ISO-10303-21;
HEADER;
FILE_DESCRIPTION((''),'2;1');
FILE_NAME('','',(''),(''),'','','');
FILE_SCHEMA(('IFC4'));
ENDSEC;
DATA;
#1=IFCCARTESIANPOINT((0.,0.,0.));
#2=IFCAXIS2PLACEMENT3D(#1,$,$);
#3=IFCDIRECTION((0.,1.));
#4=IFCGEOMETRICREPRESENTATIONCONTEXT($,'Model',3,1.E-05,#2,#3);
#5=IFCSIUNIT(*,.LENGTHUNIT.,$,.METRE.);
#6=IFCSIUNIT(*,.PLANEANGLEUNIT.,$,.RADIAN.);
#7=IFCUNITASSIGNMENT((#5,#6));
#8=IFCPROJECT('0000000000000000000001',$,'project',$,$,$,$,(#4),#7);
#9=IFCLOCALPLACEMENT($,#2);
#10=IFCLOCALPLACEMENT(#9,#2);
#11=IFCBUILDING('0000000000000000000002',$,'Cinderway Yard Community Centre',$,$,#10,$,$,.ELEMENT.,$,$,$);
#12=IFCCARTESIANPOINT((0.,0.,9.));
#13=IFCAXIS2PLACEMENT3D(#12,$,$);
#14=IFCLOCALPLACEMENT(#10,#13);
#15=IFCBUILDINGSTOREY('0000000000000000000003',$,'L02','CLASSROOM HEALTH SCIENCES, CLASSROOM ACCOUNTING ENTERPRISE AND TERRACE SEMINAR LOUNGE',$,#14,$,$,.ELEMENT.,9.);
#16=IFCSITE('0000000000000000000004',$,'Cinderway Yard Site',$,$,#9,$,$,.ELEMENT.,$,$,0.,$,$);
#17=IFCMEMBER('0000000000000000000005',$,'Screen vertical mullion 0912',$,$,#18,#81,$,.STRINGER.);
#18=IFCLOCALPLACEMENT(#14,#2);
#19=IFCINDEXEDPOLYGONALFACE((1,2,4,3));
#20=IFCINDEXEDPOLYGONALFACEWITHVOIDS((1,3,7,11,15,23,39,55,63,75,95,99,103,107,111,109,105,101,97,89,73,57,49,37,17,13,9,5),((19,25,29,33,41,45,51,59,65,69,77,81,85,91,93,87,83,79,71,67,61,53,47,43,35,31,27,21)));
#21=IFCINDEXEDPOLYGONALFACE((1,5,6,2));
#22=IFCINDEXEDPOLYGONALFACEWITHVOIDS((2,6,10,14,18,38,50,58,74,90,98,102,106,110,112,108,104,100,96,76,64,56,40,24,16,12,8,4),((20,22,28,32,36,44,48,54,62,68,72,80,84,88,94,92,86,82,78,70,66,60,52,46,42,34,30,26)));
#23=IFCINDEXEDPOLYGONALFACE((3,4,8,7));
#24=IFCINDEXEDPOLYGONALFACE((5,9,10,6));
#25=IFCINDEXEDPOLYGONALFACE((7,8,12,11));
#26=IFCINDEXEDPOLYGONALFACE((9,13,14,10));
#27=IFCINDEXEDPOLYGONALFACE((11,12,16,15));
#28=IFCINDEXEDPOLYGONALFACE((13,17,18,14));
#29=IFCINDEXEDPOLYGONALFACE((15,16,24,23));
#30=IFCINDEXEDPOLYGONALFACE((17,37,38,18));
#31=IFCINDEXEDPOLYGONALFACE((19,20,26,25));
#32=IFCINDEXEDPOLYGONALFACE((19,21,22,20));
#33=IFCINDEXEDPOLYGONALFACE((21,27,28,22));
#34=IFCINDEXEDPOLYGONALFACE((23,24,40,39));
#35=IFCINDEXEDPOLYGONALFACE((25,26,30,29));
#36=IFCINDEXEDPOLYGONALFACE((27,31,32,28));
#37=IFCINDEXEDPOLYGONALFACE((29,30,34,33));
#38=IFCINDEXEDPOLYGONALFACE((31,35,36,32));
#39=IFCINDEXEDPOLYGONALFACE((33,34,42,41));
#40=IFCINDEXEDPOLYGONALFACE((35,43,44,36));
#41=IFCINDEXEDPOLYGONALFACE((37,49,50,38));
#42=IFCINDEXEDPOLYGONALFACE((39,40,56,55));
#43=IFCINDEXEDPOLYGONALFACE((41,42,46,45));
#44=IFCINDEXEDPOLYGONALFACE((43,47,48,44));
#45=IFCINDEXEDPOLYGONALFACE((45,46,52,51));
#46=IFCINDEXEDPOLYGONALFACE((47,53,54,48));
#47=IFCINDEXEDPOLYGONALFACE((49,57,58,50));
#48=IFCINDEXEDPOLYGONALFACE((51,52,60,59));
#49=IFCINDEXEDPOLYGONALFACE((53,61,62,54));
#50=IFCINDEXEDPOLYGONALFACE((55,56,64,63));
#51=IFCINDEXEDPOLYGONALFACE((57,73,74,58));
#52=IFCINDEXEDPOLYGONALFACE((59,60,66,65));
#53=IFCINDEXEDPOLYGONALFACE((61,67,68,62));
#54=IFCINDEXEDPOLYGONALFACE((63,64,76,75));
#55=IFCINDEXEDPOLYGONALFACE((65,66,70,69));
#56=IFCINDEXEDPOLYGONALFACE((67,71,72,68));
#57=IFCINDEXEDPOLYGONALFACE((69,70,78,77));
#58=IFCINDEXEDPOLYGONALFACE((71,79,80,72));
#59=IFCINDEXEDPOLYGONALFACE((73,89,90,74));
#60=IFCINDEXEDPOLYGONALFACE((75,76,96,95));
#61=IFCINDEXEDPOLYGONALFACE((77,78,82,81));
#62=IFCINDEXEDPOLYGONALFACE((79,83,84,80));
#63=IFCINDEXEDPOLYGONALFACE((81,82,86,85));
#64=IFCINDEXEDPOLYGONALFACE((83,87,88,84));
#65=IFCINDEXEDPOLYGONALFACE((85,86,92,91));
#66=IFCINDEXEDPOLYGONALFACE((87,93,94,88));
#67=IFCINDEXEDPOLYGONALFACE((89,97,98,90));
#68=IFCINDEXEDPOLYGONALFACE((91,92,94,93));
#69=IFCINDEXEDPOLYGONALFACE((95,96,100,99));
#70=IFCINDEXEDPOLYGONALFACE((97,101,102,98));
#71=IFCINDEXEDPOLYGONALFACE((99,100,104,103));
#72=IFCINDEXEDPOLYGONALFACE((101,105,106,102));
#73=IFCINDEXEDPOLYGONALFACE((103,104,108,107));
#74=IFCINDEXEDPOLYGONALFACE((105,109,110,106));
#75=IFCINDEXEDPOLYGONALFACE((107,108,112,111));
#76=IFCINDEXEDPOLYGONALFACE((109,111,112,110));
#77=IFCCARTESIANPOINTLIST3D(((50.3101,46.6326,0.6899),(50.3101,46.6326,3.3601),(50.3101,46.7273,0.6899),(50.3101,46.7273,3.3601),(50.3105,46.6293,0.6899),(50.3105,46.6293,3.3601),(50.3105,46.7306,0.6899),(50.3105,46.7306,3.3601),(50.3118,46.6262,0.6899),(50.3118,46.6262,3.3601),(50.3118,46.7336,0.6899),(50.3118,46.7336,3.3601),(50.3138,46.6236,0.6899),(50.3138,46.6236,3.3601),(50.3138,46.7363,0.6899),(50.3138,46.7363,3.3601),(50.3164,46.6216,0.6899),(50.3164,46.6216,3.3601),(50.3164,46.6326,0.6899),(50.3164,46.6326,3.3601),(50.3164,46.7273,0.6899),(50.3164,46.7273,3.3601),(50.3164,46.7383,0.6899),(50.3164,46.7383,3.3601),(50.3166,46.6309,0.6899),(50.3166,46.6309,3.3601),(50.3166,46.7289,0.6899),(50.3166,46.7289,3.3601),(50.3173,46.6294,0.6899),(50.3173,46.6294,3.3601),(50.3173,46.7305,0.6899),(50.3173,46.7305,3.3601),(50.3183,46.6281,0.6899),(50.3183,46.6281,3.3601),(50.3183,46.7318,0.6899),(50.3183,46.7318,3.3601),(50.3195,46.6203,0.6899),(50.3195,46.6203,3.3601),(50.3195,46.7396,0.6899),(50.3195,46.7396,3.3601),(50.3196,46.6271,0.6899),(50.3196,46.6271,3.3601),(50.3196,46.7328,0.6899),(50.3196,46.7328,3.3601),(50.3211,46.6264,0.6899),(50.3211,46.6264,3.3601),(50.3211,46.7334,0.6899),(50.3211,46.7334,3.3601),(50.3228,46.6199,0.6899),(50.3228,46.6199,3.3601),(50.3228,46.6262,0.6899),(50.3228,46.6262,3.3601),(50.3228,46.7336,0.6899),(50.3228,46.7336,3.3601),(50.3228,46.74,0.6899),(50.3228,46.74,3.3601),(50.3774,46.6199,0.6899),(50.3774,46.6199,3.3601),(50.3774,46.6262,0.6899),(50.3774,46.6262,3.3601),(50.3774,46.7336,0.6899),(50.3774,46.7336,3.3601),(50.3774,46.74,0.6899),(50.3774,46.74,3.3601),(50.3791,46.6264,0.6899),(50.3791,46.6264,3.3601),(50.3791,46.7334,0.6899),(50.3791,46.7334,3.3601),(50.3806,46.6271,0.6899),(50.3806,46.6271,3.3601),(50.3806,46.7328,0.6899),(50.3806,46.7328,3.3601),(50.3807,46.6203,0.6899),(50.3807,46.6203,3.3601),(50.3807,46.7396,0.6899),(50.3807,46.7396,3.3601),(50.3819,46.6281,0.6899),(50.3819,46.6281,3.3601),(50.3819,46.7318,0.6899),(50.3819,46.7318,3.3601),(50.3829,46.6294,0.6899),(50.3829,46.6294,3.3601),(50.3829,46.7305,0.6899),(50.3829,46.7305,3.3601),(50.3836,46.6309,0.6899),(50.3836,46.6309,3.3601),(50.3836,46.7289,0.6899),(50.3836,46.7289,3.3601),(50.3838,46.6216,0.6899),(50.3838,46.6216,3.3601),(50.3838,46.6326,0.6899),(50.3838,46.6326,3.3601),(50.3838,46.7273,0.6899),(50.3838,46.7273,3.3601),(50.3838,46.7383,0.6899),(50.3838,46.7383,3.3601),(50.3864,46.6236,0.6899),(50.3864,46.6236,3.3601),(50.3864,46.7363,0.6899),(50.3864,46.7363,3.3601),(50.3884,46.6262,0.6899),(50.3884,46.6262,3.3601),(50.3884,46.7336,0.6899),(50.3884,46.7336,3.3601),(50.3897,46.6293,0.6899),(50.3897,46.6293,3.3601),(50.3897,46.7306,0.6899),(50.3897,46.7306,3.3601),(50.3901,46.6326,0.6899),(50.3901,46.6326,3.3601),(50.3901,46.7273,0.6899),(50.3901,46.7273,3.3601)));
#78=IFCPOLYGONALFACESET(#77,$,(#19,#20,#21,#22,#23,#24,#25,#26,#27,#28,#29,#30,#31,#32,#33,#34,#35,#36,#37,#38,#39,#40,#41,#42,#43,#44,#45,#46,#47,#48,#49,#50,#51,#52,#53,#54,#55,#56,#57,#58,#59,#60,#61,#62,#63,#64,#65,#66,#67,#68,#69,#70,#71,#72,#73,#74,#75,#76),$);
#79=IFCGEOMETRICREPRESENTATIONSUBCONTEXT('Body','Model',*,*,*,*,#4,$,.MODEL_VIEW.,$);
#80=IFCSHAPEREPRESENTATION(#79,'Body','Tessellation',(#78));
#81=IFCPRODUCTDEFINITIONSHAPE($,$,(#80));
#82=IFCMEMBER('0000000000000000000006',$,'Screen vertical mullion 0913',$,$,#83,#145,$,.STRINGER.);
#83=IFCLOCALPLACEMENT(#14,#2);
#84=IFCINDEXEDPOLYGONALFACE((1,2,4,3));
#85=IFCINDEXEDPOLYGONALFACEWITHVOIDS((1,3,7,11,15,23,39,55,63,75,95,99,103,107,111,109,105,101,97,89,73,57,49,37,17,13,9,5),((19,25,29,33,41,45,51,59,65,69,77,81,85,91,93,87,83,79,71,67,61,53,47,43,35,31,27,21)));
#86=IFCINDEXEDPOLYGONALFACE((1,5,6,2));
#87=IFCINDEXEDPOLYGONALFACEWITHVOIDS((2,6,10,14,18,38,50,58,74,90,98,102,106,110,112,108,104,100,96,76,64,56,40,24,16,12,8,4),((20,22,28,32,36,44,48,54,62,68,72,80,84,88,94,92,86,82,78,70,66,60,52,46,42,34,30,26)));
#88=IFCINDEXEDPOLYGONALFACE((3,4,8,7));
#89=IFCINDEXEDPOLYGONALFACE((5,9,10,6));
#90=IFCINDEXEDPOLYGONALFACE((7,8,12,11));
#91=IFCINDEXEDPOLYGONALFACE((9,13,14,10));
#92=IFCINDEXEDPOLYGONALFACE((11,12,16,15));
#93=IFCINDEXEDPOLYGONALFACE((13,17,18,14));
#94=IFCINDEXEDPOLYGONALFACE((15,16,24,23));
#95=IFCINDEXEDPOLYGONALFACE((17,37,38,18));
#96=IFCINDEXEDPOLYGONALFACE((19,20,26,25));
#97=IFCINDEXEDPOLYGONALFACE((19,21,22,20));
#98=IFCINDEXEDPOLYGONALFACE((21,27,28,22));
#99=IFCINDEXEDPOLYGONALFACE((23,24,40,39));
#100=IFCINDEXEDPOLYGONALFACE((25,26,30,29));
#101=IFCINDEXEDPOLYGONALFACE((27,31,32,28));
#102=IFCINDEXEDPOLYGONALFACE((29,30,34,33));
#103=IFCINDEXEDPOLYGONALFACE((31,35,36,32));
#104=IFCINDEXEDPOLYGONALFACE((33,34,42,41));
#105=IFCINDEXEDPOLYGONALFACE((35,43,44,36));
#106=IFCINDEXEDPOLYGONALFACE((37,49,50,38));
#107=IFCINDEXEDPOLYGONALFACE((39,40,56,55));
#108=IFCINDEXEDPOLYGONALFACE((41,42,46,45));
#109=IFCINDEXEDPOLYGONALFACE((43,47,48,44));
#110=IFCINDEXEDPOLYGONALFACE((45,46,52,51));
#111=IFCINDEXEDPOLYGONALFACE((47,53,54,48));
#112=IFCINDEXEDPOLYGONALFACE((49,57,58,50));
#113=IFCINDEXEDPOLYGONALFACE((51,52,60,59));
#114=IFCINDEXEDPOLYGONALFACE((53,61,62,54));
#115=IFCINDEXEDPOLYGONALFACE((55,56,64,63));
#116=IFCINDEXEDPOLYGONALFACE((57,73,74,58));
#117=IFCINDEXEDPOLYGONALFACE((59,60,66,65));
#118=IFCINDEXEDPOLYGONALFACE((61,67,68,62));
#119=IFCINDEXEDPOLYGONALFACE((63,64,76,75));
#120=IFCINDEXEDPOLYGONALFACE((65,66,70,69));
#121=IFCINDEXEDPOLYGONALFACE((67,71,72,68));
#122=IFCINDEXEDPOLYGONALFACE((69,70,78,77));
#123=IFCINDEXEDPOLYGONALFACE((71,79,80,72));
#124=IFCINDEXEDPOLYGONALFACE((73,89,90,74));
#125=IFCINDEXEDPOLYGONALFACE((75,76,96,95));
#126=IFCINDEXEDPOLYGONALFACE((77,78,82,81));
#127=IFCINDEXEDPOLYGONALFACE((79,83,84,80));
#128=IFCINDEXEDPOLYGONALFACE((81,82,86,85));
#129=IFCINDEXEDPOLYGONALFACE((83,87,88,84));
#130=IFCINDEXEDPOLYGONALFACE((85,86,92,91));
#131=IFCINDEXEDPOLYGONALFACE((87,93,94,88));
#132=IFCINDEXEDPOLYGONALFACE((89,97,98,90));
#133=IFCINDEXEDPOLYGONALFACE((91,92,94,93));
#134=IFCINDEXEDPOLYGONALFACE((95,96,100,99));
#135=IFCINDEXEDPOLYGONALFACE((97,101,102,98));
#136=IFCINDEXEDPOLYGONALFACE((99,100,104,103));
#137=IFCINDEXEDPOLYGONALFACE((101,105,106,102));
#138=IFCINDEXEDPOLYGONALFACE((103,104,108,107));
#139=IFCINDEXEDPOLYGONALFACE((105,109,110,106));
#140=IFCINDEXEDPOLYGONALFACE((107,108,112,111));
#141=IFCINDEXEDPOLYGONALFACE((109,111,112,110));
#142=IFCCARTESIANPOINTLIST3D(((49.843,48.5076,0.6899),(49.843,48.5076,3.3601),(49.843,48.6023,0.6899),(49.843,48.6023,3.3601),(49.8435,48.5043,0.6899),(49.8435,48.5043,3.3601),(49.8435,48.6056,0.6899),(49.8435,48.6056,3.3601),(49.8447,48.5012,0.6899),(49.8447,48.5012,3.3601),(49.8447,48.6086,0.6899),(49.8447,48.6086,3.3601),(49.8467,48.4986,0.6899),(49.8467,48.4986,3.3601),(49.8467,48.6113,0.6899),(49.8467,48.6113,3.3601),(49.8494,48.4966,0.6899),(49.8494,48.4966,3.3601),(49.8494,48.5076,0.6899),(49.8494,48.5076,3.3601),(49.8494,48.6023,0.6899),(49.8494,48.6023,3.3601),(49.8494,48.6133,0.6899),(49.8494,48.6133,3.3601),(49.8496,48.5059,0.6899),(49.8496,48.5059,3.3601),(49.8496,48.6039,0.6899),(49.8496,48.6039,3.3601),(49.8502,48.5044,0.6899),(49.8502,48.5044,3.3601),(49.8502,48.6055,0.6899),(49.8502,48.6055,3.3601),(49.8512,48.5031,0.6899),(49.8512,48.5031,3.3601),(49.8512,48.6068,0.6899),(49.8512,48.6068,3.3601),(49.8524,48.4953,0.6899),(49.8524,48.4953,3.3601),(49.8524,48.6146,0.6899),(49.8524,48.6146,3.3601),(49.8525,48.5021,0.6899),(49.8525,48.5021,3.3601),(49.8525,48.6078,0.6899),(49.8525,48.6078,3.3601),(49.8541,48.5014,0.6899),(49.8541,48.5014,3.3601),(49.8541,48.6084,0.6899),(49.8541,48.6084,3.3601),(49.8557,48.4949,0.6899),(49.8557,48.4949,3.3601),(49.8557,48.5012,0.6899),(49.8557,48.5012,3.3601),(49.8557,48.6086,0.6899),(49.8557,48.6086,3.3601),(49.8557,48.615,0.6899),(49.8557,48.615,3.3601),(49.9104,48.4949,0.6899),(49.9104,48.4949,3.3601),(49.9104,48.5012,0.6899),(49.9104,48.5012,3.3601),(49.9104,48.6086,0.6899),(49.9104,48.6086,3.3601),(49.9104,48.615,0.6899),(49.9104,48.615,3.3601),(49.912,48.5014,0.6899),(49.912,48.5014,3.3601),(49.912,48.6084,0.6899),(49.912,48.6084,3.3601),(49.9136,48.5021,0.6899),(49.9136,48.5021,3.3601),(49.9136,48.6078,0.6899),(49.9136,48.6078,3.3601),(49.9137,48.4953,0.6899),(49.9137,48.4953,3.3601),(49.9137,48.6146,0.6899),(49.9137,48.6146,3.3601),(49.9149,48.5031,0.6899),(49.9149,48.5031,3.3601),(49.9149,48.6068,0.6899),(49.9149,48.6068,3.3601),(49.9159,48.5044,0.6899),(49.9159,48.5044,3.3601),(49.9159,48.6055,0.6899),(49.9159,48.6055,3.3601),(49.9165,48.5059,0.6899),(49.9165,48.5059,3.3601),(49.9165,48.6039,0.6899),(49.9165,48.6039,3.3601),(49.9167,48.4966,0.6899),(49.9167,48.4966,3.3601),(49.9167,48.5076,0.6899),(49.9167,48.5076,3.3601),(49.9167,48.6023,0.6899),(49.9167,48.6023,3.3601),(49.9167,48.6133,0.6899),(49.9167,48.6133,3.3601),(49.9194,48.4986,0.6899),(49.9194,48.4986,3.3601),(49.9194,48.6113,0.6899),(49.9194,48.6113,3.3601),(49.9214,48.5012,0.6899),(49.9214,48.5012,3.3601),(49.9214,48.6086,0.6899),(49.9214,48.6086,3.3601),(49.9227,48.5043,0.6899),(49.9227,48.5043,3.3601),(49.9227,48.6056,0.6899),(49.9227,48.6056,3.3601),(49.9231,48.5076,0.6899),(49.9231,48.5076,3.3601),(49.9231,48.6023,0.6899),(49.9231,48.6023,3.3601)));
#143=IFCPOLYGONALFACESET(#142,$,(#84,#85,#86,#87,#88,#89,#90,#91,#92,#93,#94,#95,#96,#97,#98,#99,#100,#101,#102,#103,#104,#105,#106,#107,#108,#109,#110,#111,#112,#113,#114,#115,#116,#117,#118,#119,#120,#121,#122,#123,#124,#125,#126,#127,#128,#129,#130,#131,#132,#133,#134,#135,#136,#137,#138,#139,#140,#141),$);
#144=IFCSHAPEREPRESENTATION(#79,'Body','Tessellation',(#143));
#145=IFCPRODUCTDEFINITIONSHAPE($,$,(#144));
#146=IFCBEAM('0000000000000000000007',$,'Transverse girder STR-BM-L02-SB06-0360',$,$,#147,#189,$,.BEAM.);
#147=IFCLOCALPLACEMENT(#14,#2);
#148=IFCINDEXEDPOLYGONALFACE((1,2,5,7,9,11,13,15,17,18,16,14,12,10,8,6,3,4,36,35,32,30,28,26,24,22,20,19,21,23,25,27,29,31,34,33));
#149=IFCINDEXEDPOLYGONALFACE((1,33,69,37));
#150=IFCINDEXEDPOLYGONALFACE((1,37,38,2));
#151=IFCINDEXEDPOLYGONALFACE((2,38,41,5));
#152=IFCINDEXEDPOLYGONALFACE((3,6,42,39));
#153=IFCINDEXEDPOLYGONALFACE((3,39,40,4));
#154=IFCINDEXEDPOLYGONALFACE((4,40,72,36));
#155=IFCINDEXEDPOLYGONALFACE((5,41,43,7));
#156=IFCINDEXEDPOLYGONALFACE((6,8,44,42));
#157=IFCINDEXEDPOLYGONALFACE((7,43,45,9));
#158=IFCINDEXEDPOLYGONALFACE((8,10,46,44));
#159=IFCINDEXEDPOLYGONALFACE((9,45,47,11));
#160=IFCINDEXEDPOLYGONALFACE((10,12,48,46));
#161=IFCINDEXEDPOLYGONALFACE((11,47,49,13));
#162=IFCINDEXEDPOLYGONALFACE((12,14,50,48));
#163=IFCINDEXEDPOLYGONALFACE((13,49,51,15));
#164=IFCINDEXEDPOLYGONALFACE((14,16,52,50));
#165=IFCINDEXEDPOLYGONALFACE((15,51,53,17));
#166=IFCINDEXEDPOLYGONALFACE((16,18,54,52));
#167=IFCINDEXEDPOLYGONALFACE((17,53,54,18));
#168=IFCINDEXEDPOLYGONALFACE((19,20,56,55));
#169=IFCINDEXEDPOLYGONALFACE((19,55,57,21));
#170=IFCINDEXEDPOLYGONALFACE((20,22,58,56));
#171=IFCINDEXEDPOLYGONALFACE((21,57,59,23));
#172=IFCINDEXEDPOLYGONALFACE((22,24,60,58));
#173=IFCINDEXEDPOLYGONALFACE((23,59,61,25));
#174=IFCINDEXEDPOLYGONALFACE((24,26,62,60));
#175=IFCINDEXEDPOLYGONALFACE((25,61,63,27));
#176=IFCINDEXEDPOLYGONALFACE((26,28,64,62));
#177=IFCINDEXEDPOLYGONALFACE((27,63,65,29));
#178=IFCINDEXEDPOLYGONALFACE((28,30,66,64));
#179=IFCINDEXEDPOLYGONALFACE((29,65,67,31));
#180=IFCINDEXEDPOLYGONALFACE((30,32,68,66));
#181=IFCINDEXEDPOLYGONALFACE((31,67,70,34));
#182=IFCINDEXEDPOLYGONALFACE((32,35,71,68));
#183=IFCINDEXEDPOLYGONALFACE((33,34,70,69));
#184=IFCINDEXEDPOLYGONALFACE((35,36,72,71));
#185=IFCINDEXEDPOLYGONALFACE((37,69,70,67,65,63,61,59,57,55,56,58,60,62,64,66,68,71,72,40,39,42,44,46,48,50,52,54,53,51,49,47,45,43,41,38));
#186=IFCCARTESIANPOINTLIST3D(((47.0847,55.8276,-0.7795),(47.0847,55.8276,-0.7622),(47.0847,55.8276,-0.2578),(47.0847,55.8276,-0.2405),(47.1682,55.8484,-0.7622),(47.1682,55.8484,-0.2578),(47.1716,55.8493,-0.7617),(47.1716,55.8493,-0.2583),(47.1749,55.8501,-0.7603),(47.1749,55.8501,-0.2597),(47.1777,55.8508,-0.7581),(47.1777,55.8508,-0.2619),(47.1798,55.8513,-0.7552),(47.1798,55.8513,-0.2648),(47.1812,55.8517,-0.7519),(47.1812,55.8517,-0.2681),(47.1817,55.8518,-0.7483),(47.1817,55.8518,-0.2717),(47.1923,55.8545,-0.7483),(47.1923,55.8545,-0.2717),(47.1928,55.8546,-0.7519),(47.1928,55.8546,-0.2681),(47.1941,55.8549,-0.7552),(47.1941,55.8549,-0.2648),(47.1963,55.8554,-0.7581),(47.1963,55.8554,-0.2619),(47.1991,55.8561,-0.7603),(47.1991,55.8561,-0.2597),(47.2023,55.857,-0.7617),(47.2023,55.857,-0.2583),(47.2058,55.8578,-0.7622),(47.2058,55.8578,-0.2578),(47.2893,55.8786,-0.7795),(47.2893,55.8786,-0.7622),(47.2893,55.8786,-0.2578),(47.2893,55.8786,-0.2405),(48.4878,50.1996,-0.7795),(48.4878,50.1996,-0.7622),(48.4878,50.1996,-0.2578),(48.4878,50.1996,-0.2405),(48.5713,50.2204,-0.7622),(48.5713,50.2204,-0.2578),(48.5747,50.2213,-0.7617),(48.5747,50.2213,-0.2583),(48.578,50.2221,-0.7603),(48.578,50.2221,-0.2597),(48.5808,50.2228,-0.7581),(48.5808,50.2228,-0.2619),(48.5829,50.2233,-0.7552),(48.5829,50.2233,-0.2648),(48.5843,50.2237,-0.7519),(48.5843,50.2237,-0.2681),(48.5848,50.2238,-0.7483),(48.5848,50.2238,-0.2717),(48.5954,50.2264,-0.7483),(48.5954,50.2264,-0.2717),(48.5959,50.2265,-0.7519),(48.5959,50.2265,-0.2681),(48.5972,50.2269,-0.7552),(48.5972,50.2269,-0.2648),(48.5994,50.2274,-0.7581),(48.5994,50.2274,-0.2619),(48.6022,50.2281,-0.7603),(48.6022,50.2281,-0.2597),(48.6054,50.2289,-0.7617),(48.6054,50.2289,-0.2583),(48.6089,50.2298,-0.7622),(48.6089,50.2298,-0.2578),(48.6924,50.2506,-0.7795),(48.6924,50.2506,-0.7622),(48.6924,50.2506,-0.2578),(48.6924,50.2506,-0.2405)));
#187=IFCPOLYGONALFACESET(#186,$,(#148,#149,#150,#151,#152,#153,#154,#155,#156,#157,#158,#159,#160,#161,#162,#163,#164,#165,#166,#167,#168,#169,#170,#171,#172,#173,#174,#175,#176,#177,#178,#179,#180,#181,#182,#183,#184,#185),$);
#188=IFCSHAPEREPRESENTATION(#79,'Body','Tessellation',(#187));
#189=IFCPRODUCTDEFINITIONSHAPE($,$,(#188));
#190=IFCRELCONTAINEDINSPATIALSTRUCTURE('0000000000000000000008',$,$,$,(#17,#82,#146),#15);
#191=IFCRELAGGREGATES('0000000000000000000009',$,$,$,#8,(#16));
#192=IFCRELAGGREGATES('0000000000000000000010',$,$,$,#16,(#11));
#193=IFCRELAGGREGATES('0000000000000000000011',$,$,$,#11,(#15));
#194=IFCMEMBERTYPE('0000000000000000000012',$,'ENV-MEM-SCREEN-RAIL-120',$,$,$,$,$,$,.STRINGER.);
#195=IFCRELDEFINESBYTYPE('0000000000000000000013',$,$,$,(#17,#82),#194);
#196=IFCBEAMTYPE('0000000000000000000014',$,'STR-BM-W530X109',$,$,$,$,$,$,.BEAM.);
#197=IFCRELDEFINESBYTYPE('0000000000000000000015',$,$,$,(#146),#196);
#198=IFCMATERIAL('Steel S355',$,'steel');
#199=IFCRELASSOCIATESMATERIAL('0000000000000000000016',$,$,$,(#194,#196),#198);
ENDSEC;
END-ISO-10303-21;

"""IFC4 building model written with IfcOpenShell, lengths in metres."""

from ifc_helpers import new_model, si_unit, direction, frame, origin, origin_2d, place, context, subcontext, project, spatial, hollow_rectangle, i_section, extrude, material, material_profile, profile_set, type_object, element, save


model = new_model("IFC4")

# Units and contexts
model_context = context("Model", 3, precision=1e-05, world=origin(), true_north=direction((0.0, 1.0)))
body_context = subcontext(model_context, "Body", "Model", "MODEL_VIEW")
ifc_project = project(units=[si_unit("LENGTHUNIT", "METRE"), si_unit("PLANEANGLEUNIT", "RADIAN")], contexts=[model_context])

# Site, building, storey
site_placement = place(None, origin())
site = spatial("IfcSite", under=ifc_project, at=site_placement, Name="Cinderway Yard Site", CompositionType="ELEMENT", RefElevation=0.0)
building_placement = place(site_placement, origin())
building = spatial("IfcBuilding", under=site, at=building_placement, Name="Cinderway Yard Community Centre", CompositionType="ELEMENT")
storey_placement = place(building_placement, frame((0.0, 0.0, 9.0)))
storey = spatial("IfcBuildingStorey", under=building, at=storey_placement, Name="L02", Description="CLASSROOM HEALTH SCIENCES, CLASSROOM ACCOUNTING ENTERPRISE AND TERRACE SEMINAR LOUNGE", CompositionType="ELEMENT", Elevation=9.0)

# Members
ifc_material_1 = material(Name="Steel S355", Category="steel")
ifc_material_profile_1 = material_profile(ifc_material_1, hollow_rectangle(XDim=0.0801, YDim=0.1201, WallThickness=0.0063, InnerFilletRadius=0.0063, OuterFilletRadius=0.0127, at=origin_2d()), Name="Steel S355")
ifc_profile_set_1 = profile_set([ifc_material_profile_1], Name="Steel S355")
member_type_1 = type_object("IfcMemberType", Name="ENV-MEM-SCREEN-RAIL-120", PredefinedType="STRINGER", material=ifc_profile_set_1)
for number, where, z_axis, x_axis, name in (
    (1, (50.3501, 46.6799, 0.6899), (0.0, 0.0, 1.0), (1.0, 0.0, 0.0), "Screen vertical mullion 0912"),
    (2, (49.8831, 48.5549, 0.6899), (0.0, 0.0, 1.0), (1.0, 0.0, 0.0), "Screen vertical mullion 0913"),
):
    element("IfcMember", number, at=place(storey_placement, frame(where, z_axis=z_axis, x_axis=x_axis)), inside=storey, type_object=member_type_1, Name=name, PredefinedType="STRINGER", context=body_context, shape_type="SweptSolid", body=[
        extrude(hollow_rectangle(XDim=0.0801, YDim=0.1201, WallThickness=0.0063, InnerFilletRadius=0.0063, OuterFilletRadius=0.0127, at=origin_2d()), origin(), (0.0, 0.0, 1.0), 2.6702),
    ])

# Beam
ifc_material_profile_2 = material_profile(ifc_material_1, i_section(OverallWidth=0.2109, OverallDepth=0.5391, WebThickness=0.011, FlangeThickness=0.0173, FilletRadius=0.0139, at=origin_2d()), Name="Steel S355")
ifc_profile_set_2 = profile_set([ifc_material_profile_2], Name="Steel S355")
beam_type = type_object("IfcBeamType", Name="STR-BM-W530X109", PredefinedType="BEAM", material=ifc_profile_set_2)
beam_placement = place(storey_placement, frame((48.5901, 50.2251, -0.51), z_axis=(-0.241902, 0.970301, 0.0), x_axis=(-0.970301, -0.241902, 0.0)))
element("IfcBeam", 3, at=beam_placement, inside=storey, type_object=beam_type, Name="Transverse girder STR-BM-L02-SB06-0360", PredefinedType="BEAM", context=body_context, shape_type="SweptSolid", body=[
    extrude(i_section(OverallWidth=0.2109, OverallDepth=0.5391, WebThickness=0.011, FlangeThickness=0.0173, FilletRadius=0.0139, at=origin_2d()), origin(), (0.0, 0.0, 1.0), 5.8003),
])

save(model, "model.ifc")
